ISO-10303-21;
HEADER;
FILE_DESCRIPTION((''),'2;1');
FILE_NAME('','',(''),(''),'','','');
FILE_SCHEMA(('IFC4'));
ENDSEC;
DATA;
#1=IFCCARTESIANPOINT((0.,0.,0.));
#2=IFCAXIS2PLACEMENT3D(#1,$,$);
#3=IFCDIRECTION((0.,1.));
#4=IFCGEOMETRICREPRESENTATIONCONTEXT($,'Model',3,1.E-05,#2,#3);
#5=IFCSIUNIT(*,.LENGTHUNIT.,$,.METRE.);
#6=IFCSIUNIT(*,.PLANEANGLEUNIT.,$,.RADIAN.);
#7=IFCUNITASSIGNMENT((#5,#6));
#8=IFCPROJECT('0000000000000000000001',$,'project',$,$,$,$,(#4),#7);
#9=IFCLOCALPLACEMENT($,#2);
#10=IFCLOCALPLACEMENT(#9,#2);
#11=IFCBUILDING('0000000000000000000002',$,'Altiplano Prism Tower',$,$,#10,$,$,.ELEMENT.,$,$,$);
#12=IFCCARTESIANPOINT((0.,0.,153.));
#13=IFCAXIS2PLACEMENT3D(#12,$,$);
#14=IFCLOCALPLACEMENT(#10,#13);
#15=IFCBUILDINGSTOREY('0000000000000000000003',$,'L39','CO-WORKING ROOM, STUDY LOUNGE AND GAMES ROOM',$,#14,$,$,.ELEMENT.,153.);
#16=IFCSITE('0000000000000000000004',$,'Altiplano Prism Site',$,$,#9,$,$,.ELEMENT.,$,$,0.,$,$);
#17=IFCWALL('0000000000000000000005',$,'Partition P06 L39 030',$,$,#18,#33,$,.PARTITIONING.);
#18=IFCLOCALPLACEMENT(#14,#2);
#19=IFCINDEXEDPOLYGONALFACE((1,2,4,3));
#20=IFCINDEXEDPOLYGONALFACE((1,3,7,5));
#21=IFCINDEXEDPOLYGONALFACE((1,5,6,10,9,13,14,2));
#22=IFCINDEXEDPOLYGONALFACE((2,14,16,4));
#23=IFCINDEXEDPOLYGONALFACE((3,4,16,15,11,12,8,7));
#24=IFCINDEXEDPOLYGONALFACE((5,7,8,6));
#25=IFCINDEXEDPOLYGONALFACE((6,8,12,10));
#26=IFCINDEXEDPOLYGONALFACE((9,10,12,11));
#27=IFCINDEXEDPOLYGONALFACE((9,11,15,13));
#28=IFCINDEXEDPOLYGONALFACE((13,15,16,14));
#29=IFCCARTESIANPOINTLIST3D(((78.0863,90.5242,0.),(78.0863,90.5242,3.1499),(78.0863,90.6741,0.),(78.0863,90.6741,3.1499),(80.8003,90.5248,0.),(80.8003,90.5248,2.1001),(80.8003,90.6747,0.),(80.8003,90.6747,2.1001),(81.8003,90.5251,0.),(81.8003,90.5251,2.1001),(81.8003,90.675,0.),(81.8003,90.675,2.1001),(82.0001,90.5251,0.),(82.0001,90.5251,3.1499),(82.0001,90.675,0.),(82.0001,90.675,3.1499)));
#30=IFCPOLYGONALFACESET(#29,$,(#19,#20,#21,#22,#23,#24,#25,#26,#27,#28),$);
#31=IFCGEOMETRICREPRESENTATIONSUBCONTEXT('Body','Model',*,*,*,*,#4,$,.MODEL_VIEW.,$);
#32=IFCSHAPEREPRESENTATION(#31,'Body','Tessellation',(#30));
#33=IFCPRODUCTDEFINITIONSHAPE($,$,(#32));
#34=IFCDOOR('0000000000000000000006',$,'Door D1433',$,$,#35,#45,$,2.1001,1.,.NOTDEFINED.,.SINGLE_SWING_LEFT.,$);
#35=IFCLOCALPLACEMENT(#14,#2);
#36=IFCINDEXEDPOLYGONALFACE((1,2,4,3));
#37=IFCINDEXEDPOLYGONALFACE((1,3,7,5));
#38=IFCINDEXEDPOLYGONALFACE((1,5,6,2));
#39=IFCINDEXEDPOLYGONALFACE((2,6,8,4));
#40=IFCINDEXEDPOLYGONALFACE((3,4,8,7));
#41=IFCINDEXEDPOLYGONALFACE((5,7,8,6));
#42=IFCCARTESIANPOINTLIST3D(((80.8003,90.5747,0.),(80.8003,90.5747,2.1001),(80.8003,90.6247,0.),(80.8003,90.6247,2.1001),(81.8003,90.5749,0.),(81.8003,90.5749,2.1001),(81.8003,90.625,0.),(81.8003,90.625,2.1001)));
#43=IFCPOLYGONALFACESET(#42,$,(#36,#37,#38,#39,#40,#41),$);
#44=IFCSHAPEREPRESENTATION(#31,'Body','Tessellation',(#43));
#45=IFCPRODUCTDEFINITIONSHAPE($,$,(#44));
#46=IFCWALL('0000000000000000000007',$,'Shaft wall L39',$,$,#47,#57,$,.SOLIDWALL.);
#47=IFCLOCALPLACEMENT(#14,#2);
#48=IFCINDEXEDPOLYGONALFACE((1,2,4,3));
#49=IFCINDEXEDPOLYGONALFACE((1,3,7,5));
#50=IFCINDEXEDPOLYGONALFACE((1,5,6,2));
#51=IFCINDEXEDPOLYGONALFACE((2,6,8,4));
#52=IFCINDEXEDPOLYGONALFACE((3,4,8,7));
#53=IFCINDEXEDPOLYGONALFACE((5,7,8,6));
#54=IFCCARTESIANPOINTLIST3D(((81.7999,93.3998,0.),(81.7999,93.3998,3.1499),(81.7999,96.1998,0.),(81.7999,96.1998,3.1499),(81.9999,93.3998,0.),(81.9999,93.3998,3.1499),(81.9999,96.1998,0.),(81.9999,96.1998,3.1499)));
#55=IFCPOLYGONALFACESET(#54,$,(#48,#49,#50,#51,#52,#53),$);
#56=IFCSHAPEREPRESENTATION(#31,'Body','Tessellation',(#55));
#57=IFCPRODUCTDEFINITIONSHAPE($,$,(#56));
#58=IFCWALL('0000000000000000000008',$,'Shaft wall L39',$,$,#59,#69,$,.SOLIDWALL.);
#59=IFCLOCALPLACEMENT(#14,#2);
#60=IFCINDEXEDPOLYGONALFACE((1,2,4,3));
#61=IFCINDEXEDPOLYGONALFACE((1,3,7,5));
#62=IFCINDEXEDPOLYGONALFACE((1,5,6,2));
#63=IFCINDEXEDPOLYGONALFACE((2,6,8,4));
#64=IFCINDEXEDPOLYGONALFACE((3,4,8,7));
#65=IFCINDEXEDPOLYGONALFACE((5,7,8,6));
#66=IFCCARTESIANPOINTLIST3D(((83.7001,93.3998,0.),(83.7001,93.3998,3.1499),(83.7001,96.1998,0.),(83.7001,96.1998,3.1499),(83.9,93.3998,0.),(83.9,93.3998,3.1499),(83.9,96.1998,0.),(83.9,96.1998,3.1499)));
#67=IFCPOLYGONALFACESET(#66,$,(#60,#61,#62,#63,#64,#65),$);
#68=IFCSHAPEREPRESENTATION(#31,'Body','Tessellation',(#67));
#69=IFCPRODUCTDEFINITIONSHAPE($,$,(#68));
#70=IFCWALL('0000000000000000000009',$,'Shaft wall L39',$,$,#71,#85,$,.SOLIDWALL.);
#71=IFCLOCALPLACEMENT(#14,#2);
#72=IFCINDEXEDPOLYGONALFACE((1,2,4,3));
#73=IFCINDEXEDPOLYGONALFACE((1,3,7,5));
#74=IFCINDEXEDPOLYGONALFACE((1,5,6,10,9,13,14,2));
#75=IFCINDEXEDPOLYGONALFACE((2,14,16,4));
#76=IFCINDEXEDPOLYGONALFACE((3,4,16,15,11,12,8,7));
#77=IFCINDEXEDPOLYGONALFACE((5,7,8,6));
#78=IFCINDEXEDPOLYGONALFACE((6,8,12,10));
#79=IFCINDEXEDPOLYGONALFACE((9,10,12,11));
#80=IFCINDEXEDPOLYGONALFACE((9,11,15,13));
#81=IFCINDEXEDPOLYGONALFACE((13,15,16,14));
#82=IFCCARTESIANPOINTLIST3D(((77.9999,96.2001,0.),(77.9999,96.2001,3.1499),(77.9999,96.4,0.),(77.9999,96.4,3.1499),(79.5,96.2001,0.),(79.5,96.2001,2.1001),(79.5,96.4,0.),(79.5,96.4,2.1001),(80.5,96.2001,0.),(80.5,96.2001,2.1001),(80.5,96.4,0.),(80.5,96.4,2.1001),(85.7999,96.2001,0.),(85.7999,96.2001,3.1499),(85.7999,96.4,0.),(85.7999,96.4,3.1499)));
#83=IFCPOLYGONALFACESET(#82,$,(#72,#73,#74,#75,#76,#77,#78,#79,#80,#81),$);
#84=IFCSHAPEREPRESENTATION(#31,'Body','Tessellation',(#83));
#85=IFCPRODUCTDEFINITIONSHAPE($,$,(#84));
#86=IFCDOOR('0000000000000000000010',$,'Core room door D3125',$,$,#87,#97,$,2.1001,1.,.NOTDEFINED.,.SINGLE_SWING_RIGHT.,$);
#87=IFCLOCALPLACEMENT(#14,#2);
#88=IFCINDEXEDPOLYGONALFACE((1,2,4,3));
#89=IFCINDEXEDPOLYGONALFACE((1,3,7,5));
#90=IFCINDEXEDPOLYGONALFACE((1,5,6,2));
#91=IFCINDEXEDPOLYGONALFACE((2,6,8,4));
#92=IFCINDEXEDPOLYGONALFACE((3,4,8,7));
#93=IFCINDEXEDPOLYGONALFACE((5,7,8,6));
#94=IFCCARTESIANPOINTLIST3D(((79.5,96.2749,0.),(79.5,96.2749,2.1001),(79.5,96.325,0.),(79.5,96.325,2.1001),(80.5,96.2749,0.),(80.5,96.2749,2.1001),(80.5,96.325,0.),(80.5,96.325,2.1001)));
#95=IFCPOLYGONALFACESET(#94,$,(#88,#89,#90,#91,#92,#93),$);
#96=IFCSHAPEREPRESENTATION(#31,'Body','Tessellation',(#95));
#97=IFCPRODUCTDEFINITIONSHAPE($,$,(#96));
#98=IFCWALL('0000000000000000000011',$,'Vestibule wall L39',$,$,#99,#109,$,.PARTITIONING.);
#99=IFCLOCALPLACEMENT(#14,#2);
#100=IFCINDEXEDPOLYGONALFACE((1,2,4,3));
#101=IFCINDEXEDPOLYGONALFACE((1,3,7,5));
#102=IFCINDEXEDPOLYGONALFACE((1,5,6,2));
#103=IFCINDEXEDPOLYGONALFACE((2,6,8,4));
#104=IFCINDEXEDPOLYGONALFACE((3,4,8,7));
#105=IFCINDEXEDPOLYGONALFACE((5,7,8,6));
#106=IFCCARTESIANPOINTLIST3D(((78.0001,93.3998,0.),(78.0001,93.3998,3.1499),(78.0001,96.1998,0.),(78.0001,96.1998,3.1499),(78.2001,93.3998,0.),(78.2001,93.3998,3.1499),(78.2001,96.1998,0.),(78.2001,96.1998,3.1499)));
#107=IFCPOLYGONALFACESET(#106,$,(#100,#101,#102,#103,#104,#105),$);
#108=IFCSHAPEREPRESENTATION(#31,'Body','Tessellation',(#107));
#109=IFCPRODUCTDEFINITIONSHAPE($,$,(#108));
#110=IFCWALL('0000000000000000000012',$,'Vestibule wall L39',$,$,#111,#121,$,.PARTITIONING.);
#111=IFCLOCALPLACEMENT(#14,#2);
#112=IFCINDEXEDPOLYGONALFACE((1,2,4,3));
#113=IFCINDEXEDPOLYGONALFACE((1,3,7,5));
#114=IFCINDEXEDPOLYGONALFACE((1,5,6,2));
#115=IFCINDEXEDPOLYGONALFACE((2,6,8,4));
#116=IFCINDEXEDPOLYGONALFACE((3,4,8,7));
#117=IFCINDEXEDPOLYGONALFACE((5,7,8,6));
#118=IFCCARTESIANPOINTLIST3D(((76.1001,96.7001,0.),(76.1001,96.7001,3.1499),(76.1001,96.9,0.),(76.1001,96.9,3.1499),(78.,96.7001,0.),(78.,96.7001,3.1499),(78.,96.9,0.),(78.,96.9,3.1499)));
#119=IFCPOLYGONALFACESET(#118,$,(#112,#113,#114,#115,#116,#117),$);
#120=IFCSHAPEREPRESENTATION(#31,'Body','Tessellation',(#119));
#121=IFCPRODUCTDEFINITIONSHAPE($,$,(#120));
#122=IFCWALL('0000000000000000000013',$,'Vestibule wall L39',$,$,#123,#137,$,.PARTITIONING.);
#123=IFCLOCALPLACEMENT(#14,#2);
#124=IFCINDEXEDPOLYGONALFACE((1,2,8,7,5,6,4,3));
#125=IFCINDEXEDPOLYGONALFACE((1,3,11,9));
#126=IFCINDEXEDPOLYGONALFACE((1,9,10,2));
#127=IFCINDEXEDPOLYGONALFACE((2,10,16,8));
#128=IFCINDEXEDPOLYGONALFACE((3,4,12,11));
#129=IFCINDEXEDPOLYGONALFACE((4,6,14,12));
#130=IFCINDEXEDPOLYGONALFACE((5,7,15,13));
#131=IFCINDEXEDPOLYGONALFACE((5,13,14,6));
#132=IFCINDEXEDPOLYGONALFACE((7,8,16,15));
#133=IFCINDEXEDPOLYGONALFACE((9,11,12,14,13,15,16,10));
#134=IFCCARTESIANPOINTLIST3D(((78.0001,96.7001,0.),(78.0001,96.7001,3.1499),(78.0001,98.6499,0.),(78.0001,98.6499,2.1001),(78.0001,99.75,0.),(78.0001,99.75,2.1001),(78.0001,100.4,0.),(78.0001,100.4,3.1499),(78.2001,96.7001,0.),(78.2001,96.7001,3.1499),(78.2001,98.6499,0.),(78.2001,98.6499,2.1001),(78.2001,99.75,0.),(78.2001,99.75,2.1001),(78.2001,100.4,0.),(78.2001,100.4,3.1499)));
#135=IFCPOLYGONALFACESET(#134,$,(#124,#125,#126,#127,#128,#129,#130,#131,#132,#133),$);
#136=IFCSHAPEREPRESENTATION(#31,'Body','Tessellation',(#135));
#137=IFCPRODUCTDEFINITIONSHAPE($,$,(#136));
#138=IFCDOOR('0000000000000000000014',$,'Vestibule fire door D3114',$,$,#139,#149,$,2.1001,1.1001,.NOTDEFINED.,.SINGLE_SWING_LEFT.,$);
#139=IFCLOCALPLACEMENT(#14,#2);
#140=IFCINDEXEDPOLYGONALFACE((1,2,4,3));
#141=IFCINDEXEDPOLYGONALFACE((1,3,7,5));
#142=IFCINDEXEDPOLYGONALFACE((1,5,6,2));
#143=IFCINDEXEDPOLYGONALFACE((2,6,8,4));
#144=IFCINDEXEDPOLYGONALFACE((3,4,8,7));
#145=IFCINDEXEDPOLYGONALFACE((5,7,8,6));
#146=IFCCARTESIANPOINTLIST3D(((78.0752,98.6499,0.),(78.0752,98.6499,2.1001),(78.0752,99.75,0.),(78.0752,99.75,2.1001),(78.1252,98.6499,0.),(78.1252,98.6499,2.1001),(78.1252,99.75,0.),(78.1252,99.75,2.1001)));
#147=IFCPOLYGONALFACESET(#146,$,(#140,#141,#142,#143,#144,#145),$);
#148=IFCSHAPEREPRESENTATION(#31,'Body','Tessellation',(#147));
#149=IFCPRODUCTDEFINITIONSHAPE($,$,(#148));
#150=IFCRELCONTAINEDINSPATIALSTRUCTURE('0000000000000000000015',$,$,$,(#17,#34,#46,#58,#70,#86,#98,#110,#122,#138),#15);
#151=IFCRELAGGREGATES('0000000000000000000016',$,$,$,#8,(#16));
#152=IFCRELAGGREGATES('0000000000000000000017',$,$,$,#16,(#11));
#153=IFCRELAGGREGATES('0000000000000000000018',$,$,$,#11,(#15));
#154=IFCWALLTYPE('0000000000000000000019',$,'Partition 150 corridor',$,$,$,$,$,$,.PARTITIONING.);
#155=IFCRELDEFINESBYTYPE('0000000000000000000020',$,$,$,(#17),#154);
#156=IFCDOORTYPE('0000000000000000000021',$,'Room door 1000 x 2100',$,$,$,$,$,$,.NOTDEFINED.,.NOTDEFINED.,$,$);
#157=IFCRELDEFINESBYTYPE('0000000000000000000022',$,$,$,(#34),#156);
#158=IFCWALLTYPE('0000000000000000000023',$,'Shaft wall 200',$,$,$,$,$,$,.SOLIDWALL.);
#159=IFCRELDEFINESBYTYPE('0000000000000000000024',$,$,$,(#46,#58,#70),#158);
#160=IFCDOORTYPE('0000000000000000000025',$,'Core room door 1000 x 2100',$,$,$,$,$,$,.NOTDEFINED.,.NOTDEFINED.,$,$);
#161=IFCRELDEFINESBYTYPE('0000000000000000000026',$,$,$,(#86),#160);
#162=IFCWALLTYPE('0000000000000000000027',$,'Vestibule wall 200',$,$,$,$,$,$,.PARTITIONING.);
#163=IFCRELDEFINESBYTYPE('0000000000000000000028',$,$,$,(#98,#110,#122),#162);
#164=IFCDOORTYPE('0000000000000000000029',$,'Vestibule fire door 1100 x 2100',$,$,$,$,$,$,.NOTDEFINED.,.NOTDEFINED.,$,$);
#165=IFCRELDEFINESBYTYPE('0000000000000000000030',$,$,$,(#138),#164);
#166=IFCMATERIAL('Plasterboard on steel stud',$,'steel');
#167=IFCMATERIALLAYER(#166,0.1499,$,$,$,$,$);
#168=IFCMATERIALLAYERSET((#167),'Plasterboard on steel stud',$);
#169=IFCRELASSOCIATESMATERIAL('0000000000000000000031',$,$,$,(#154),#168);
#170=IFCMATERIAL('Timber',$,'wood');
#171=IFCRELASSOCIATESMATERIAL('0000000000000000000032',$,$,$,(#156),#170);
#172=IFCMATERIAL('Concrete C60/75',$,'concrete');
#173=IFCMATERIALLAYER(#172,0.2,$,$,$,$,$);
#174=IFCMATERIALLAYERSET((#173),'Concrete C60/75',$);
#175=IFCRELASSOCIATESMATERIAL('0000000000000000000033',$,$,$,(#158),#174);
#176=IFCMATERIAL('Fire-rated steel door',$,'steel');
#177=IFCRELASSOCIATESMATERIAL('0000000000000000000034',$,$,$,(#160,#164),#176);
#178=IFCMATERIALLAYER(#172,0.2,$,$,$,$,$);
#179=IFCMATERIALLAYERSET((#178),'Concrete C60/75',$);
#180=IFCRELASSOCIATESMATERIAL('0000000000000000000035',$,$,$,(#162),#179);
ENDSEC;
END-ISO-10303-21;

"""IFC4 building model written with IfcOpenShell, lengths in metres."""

from ifc_helpers import new_model, si_unit, direction, frame, frame_2d, origin, place, context, subcontext, project, spatial, rectangle, extrude, material, layer, layer_set, type_object, element, fill, save


model = new_model("IFC4")

# Units and contexts
model_context = context("Model", 3, precision=1e-05, world=origin(), true_north=direction((0.0, 1.0)))
body_context = subcontext(model_context, "Body", "Model", "MODEL_VIEW")
ifc_project = project(units=[si_unit("LENGTHUNIT", "METRE"), si_unit("PLANEANGLEUNIT", "RADIAN")], contexts=[model_context])

# Site, building, storey
site_placement = place(None, origin())
site = spatial("IfcSite", under=ifc_project, at=site_placement, Name="Altiplano Prism Site", CompositionType="ELEMENT", RefElevation=0.0)
building_placement = place(site_placement, origin())
building = spatial("IfcBuilding", under=site, at=building_placement, Name="Altiplano Prism Tower", CompositionType="ELEMENT")
storey_placement = place(building_placement, frame((0.0, 0.0, 153.0)))
storey = spatial("IfcBuildingStorey", under=building, at=storey_placement, Name="L39", Description="CO-WORKING ROOM, STUDY LOUNGE AND GAMES ROOM", CompositionType="ELEMENT", Elevation=153.0)

# Wall, opening, door
ifc_material_1 = material(Name="Plasterboard on steel stud", Category="steel")
ifc_layer_1 = layer(ifc_material_1, 0.1499)
ifc_layer_set_1 = layer_set([ifc_layer_1], Name="Plasterboard on steel stud")
wall_type_1 = type_object("IfcWallType", Name="Partition 150 corridor", PredefinedType="PARTITIONING", material=ifc_layer_set_1)
wall_1_placement = place(storey_placement, frame((78.0862, 90.5991, 0.0), z_axis=(0.0, 0.0, 1.0), x_axis=(1.0, 0.00025, 0.0)))
wall_1 = element("IfcWall", 1, at=wall_1_placement, inside=storey, type_object=wall_type_1, Name="Partition P06 L39 030", PredefinedType="PARTITIONING", context=body_context, shape_type="SweptSolid", body=[
    extrude(rectangle(XDim=3.9138, YDim=0.1499, at=frame_2d((1.957, 0.0))), origin(), (0.0, 0.0, 1.0), 3.1499),
])
opening_1_placement = place(wall_1_placement, frame((2.7141, 0.0, 0.0)))
opening_1 = element("IfcOpeningElement", 2, at=opening_1_placement, cuts=wall_1, PredefinedType="OPENING", context=body_context, shape_type="SweptSolid", body=[
    extrude(rectangle(XDim=1.0, YDim=2.1001, at=frame_2d((0.5, 1.05))), frame((0.0, 0.0854, 0.0), z_axis=(0.0, -1.0, 0.0), x_axis=(1.0, 0.0, 0.0)), (0.0, 0.0, 1.0), 0.1709),
])
ifc_material_2 = material(Name="Timber", Category="wood")
door_type_1 = type_object("IfcDoorType", Name="Room door 1000 x 2100", OperationType="NOTDEFINED", PredefinedType="NOTDEFINED", material=ifc_material_2)
door_1_placement = place(opening_1_placement, origin())
door_1 = element("IfcDoor", 3, at=door_1_placement, inside=storey, type_object=door_type_1, Name="Door D1433", OperationType="SINGLE_SWING_LEFT", OverallHeight=2.1001, OverallWidth=1.0, PredefinedType="NOTDEFINED", context=body_context, shape_type="SweptSolid", body=[
    extrude(rectangle(XDim=1.0, YDim=2.1001, at=frame_2d((0.5, 1.05))), frame((0.0, 0.0249, 0.0), z_axis=(0.0, -1.0, 0.0), x_axis=(1.0, 0.0, 0.0)), (0.0, 0.0, 1.0), 0.05),
])
fill(opening_1, door_1)

# Walls
ifc_material_3 = material(Name="Concrete C60/75", Category="concrete")
ifc_layer_2 = layer(ifc_material_3, 0.2)
ifc_layer_set_2 = layer_set([ifc_layer_2], Name="Concrete C60/75")
wall_type_2 = type_object("IfcWallType", Name="Shaft wall 200", PredefinedType="SOLIDWALL", material=ifc_layer_set_2)
for number, where, z_axis, x_axis, name in (
    (4, (81.8999, 93.3999, 0.0), (0.0, 0.0, 1.0), (0.0, 1.0, 0.0), "Shaft wall L39"),
    (5, (83.8, 93.3999, 0.0), (0.0, 0.0, 1.0), (0.0, 1.0, 0.0), "Shaft wall L39"),
):
    element("IfcWall", number, at=place(storey_placement, frame(where, z_axis=z_axis, x_axis=x_axis)), inside=storey, type_object=wall_type_2, Name=name, PredefinedType="SOLIDWALL", context=body_context, shape_type="SweptSolid", body=[
        extrude(rectangle(XDim=2.8, YDim=0.2, at=frame_2d((1.3999, 0.0))), origin(), (0.0, 0.0, 1.0), 3.1499),
    ])

# Wall, opening, door
wall_2_placement = place(storey_placement, frame((78.0, 96.3, 0.0), z_axis=(0.0, 0.0, 1.0), x_axis=(1.0, 0.0, 0.0)))
wall_2 = element("IfcWall", 6, at=wall_2_placement, inside=storey, type_object=wall_type_2, Name="Shaft wall L39", PredefinedType="SOLIDWALL", context=body_context, shape_type="SweptSolid", body=[
    extrude(rectangle(XDim=7.8, YDim=0.2, at=frame_2d((3.8999, 0.0))), origin(), (0.0, 0.0, 1.0), 3.1499),
])
opening_2_placement = place(wall_2_placement, frame((1.5, 0.0, 0.0)))
opening_2 = element("IfcOpeningElement", 7, at=opening_2_placement, cuts=wall_2, PredefinedType="OPENING", context=body_context, shape_type="SweptSolid", body=[
    extrude(rectangle(XDim=1.0, YDim=2.1001, at=frame_2d((0.5, 1.05))), frame((0.0, 0.1104, 0.0), z_axis=(0.0, -1.0, 0.0), x_axis=(1.0, 0.0, 0.0)), (0.0, 0.0, 1.0), 0.2209),
])
ifc_material_4 = material(Name="Fire-rated steel door", Category="steel")
door_type_2 = type_object("IfcDoorType", Name="Core room door 1000 x 2100", OperationType="NOTDEFINED", PredefinedType="NOTDEFINED", material=ifc_material_4)
door_2_placement = place(opening_2_placement, origin())
door_2 = element("IfcDoor", 8, at=door_2_placement, inside=storey, type_object=door_type_2, Name="Core room door D3125", OperationType="SINGLE_SWING_RIGHT", OverallHeight=2.1001, OverallWidth=1.0, PredefinedType="NOTDEFINED", context=body_context, shape_type="SweptSolid", body=[
    extrude(rectangle(XDim=1.0, YDim=2.1001, at=frame_2d((0.5, 1.05))), frame((0.0, 0.0249, 0.0), z_axis=(0.0, -1.0, 0.0), x_axis=(1.0, 0.0, 0.0)), (0.0, 0.0, 1.0), 0.05),
])
fill(opening_2, door_2)

# Walls
ifc_layer_3 = layer(ifc_material_3, 0.2)
ifc_layer_set_3 = layer_set([ifc_layer_3], Name="Concrete C60/75")
wall_type_3 = type_object("IfcWallType", Name="Vestibule wall 200", PredefinedType="PARTITIONING", material=ifc_layer_set_3)
wall_3_placement = place(storey_placement, frame((78.1001, 93.3999, 0.0), z_axis=(0.0, 0.0, 1.0), x_axis=(0.0, 1.0, 0.0)))
element("IfcWall", 9, at=wall_3_placement, inside=storey, type_object=wall_type_3, Name="Vestibule wall L39", PredefinedType="PARTITIONING", context=body_context, shape_type="SweptSolid", body=[
    extrude(rectangle(XDim=2.8, YDim=0.2, at=frame_2d((1.3999, 0.0))), origin(), (0.0, 0.0, 1.0), 3.1499),
])
wall_4_placement = place(storey_placement, frame((76.1001, 96.8, 0.0), z_axis=(0.0, 0.0, 1.0), x_axis=(1.0, 0.0, 0.0)))
element("IfcWall", 10, at=wall_4_placement, inside=storey, type_object=wall_type_3, Name="Vestibule wall L39", PredefinedType="PARTITIONING", context=body_context, shape_type="SweptSolid", body=[
    extrude(rectangle(XDim=1.8999, YDim=0.2, at=frame_2d((0.95, 0.0))), origin(), (0.0, 0.0, 1.0), 3.1499),
])

# Wall, opening, door
wall_5_placement = place(storey_placement, frame((78.1001, 96.7, 0.0), z_axis=(0.0, 0.0, 1.0), x_axis=(0.0, 1.0, 0.0)))
wall_5 = element("IfcWall", 11, at=wall_5_placement, inside=storey, type_object=wall_type_3, Name="Vestibule wall L39", PredefinedType="PARTITIONING", context=body_context, shape_type="SweptSolid", body=[
    extrude(rectangle(XDim=3.7, YDim=0.2, at=frame_2d((1.8501, 0.0))), origin(), (0.0, 0.0, 1.0), 3.1499),
])
opening_3_placement = place(wall_5_placement, frame((1.95, 0.0, 0.0)))
opening_3 = element("IfcOpeningElement", 12, at=opening_3_placement, cuts=wall_5, PredefinedType="OPENING", context=body_context, shape_type="SweptSolid", body=[
    extrude(rectangle(XDim=1.1001, YDim=2.1001, at=frame_2d((0.55, 1.05))), frame((0.0, 0.1104, 0.0), z_axis=(0.0, -1.0, 0.0), x_axis=(1.0, 0.0, 0.0)), (0.0, 0.0, 1.0), 0.2209),
])
door_type_3 = type_object("IfcDoorType", Name="Vestibule fire door 1100 x 2100", OperationType="NOTDEFINED", PredefinedType="NOTDEFINED", material=ifc_material_4)
door_3_placement = place(opening_3_placement, origin())
door_3 = element("IfcDoor", 13, at=door_3_placement, inside=storey, type_object=door_type_3, Name="Vestibule fire door D3114", OperationType="SINGLE_SWING_LEFT", OverallHeight=2.1001, OverallWidth=1.1001, PredefinedType="NOTDEFINED", context=body_context, shape_type="SweptSolid", body=[
    extrude(rectangle(XDim=1.1001, YDim=2.1001, at=frame_2d((0.55, 1.05))), frame((0.0, 0.0249, 0.0), z_axis=(0.0, -1.0, 0.0), x_axis=(1.0, 0.0, 0.0)), (0.0, 0.0, 1.0), 0.05),
])
fill(opening_3, door_3)

save(model, "model.ifc")
